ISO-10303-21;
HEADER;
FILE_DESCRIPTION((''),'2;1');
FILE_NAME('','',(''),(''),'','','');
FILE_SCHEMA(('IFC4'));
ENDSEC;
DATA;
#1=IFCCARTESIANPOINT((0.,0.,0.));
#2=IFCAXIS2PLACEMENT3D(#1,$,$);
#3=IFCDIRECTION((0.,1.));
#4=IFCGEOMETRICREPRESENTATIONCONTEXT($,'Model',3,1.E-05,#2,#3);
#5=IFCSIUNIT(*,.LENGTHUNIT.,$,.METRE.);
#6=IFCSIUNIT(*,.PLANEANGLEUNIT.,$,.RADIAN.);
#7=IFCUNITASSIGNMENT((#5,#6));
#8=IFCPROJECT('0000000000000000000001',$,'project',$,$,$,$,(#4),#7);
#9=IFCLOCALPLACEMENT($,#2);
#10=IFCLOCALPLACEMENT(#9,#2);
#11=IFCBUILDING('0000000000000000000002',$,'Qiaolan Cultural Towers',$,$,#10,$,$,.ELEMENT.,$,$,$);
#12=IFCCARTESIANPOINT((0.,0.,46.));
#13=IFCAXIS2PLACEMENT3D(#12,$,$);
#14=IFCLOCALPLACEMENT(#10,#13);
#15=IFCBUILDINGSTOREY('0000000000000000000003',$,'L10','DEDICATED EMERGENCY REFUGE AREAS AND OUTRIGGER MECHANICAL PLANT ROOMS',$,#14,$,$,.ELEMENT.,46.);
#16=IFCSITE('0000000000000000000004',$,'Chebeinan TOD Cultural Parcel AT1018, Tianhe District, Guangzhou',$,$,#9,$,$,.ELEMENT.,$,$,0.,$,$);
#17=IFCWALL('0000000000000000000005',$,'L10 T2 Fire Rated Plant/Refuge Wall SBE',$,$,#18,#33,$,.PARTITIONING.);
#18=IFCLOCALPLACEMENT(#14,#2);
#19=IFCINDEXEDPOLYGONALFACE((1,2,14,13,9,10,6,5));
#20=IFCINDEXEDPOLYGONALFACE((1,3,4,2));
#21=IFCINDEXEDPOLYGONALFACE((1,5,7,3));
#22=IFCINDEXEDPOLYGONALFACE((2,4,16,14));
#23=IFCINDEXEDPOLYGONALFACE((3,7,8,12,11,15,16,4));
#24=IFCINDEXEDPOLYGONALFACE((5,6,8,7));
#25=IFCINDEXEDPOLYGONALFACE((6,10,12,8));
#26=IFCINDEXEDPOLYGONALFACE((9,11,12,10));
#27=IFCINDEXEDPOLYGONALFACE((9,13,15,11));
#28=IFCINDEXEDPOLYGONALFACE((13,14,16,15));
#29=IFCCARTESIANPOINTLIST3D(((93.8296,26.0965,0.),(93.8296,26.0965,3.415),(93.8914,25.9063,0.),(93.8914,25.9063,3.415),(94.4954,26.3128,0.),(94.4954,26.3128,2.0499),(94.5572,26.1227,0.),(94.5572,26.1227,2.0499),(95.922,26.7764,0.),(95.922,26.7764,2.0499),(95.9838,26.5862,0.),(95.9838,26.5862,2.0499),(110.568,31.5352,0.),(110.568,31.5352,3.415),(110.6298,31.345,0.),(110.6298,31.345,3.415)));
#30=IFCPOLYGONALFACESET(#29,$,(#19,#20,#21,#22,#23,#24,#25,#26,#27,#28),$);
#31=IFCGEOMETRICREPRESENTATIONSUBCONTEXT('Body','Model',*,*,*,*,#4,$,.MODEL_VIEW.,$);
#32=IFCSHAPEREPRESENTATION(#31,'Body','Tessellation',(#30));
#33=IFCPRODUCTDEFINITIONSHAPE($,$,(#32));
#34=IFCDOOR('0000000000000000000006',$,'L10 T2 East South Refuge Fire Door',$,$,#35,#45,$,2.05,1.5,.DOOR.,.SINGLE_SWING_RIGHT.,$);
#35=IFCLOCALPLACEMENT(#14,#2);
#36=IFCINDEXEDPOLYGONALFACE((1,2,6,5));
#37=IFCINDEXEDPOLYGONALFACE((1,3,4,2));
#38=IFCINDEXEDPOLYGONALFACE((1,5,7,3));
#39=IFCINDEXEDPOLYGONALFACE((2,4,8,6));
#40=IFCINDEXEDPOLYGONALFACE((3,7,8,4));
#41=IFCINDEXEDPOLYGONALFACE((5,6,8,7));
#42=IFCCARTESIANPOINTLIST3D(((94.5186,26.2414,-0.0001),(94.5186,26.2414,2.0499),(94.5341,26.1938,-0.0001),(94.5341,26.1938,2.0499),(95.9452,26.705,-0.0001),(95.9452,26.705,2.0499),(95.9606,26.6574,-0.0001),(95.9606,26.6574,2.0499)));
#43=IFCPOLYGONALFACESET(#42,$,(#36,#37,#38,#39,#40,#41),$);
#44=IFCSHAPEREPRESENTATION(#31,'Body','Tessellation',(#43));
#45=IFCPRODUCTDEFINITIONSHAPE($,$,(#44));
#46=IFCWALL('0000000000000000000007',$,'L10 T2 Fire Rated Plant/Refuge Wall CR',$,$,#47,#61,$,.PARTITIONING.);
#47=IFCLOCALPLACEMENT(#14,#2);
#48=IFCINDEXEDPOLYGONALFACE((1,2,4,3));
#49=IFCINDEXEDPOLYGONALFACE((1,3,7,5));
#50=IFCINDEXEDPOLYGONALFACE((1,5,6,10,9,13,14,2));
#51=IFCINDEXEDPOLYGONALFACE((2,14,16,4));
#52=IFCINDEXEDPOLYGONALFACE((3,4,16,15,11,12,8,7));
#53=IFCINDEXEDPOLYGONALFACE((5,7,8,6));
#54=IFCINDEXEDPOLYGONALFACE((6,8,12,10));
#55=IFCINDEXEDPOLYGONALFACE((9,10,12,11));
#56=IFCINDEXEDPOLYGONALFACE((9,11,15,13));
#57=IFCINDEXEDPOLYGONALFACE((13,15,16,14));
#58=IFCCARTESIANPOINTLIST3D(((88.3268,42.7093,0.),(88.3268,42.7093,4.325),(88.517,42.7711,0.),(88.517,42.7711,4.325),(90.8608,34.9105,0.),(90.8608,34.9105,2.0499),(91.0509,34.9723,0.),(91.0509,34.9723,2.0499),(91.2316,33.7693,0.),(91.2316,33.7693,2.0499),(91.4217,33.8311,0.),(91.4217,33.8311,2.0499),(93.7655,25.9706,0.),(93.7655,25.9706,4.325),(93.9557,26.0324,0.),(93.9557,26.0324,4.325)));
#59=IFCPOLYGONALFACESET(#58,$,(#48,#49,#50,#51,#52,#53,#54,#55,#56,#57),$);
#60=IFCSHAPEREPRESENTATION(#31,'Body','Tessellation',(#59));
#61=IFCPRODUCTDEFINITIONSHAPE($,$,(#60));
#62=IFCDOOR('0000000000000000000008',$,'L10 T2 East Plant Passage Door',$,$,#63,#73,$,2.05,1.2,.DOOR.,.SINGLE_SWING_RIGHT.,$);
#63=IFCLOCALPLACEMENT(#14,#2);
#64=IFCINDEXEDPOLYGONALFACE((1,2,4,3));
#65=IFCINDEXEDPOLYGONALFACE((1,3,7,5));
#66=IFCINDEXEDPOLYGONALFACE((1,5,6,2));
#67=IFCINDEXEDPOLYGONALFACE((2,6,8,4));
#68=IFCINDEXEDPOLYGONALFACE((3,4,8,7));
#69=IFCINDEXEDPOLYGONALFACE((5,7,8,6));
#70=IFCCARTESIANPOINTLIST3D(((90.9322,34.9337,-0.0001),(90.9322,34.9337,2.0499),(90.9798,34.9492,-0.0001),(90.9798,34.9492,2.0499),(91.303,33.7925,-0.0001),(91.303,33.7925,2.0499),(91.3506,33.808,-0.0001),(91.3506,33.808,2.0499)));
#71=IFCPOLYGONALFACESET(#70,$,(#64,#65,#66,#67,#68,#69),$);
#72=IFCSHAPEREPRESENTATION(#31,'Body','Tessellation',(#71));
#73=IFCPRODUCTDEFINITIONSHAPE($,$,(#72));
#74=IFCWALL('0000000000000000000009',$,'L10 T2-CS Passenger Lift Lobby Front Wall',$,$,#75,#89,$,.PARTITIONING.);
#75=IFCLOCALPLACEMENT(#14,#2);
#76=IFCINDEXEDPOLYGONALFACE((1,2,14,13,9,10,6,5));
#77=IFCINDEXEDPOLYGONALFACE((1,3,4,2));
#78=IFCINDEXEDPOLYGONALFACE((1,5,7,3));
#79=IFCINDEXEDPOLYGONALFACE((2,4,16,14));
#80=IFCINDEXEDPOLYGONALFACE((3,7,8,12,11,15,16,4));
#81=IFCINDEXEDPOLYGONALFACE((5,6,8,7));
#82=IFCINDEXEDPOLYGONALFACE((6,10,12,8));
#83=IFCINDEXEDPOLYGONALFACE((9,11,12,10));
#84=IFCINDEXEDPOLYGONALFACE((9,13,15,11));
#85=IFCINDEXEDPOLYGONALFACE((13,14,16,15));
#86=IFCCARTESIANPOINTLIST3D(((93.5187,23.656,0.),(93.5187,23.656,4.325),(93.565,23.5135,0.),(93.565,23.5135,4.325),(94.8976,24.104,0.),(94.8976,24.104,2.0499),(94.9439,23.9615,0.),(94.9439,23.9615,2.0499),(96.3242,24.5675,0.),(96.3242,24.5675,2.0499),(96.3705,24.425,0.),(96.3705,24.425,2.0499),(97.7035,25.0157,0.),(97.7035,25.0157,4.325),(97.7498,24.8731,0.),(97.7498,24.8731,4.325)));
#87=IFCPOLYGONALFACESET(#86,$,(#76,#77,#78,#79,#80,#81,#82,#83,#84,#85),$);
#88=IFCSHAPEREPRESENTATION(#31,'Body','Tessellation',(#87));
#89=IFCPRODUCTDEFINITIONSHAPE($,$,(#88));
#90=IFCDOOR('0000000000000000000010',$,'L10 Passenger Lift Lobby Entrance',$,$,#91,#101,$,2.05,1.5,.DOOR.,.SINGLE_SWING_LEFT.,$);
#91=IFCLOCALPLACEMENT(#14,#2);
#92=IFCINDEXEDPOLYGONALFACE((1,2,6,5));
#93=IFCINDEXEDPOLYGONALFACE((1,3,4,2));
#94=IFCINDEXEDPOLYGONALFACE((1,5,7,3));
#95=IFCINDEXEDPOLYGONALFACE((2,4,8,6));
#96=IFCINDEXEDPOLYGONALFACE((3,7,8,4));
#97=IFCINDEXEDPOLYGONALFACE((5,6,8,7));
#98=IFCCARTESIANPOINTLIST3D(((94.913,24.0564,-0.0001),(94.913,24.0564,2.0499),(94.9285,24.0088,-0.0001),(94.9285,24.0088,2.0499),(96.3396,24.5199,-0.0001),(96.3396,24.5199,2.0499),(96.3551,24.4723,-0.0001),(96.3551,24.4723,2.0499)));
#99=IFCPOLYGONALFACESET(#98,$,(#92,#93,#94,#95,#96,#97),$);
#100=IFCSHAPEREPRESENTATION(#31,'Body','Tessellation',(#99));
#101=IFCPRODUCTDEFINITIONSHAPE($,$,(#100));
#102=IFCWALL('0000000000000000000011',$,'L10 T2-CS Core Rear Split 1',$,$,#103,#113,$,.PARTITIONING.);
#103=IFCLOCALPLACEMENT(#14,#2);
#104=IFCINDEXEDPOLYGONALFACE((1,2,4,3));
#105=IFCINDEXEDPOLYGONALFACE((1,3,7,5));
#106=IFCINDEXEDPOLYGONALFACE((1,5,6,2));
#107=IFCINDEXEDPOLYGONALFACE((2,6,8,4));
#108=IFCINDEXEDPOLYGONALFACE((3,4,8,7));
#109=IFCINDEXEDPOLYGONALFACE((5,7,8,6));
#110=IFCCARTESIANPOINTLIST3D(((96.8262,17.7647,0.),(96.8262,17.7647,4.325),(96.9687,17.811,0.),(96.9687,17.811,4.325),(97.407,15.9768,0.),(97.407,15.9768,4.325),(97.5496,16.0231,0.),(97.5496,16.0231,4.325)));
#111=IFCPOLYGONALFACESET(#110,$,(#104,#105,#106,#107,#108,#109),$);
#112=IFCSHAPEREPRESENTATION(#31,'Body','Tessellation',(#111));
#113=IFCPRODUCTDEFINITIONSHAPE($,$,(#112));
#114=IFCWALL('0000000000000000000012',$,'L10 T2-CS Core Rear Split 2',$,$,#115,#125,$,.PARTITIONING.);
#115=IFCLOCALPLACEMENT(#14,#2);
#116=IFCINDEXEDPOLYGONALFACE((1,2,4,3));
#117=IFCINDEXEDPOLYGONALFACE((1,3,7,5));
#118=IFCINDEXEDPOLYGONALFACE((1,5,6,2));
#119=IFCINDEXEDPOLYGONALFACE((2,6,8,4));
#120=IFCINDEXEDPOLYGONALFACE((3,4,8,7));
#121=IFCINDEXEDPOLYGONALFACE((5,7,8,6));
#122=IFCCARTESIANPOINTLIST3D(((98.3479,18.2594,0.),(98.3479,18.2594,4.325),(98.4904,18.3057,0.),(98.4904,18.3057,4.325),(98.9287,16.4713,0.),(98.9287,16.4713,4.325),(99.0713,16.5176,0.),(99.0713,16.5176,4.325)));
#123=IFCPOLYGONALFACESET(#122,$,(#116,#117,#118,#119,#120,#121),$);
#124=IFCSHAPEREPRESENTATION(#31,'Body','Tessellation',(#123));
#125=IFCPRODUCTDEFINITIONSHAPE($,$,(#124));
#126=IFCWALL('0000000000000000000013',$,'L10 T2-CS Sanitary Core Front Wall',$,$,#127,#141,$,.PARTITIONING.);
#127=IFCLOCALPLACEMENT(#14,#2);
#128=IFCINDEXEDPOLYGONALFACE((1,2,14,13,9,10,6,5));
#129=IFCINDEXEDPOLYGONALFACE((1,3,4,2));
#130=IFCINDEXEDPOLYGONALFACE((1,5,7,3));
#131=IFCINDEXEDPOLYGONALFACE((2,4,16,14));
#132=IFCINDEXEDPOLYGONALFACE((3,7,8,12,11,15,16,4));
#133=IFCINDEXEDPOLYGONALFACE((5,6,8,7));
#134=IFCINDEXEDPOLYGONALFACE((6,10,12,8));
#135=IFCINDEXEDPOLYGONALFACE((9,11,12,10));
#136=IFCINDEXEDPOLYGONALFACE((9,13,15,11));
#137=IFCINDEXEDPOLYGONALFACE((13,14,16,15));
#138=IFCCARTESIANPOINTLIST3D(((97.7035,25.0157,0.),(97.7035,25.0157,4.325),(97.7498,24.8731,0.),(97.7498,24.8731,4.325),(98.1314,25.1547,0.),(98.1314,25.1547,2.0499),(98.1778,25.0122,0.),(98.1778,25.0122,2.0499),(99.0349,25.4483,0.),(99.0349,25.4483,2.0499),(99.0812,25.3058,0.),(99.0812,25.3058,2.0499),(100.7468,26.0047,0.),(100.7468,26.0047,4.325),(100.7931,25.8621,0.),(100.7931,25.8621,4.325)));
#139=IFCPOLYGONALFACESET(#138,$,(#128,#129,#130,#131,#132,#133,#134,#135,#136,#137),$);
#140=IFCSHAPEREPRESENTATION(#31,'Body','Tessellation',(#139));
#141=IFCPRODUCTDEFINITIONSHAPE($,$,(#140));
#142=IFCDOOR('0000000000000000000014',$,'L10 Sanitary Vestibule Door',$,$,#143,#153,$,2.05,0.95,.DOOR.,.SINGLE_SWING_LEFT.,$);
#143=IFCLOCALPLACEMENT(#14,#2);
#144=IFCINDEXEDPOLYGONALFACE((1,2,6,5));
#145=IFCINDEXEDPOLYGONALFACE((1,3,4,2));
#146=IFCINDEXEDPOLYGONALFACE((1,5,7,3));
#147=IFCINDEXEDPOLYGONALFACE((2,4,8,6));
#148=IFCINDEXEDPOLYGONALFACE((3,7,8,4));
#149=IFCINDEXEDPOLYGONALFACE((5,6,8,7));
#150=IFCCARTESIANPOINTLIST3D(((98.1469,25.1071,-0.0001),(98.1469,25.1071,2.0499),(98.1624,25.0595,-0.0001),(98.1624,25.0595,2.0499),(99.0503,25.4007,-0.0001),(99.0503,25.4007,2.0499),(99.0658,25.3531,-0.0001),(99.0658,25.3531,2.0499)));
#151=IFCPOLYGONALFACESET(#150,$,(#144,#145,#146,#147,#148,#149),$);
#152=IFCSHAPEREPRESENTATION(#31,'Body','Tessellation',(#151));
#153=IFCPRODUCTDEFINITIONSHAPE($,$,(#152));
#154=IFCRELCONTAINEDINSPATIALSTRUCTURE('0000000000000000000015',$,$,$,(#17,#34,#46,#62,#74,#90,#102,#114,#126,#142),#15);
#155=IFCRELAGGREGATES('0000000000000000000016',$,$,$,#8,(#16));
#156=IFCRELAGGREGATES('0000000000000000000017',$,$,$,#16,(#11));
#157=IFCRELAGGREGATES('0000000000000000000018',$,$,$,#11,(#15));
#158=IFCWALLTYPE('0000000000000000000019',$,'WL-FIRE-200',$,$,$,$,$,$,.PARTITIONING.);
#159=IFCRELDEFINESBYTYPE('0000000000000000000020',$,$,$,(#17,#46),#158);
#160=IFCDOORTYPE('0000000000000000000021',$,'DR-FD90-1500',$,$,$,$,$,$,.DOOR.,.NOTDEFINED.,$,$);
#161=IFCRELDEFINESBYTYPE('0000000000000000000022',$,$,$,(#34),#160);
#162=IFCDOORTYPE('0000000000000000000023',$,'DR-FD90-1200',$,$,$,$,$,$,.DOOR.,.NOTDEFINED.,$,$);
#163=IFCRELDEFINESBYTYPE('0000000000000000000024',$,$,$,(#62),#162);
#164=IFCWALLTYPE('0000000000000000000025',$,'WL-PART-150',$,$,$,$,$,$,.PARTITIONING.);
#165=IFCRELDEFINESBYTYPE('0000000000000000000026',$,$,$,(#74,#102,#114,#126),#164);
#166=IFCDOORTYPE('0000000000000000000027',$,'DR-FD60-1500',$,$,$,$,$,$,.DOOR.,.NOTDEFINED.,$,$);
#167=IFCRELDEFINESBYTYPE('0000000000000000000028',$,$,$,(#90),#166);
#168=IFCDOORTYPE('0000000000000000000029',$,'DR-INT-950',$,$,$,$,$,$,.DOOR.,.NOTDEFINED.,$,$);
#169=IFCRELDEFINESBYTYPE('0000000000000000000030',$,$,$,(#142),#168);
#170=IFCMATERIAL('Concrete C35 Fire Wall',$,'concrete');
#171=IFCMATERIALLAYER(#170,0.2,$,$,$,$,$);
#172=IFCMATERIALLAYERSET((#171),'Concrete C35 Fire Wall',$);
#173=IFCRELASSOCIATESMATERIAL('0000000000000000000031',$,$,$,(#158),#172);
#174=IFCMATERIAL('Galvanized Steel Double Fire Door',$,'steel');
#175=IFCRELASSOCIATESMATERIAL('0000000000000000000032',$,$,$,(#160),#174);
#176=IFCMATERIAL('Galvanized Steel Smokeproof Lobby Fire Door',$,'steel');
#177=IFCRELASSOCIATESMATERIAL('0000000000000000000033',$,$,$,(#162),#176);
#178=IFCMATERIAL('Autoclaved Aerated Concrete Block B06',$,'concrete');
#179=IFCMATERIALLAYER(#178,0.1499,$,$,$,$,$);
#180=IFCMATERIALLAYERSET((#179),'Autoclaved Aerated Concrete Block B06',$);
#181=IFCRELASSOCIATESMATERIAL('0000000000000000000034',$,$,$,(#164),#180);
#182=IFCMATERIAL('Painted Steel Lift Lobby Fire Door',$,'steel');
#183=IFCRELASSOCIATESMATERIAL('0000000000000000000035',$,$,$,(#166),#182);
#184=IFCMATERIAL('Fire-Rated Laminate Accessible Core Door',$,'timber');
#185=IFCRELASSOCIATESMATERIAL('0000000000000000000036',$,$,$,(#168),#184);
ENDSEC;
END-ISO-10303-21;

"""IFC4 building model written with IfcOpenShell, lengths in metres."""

from ifc_helpers import new_model, si_unit, direction, frame, frame_2d, origin, place, context, subcontext, project, spatial, rectangle, extrude, material, layer, layer_set, type_object, element, fill, save


model = new_model("IFC4")

# Units and contexts
model_context = context("Model", 3, precision=1e-05, world=origin(), true_north=direction((0.0, 1.0)))
body_context = subcontext(model_context, "Body", "Model", "MODEL_VIEW")
ifc_project = project(units=[si_unit("LENGTHUNIT", "METRE"), si_unit("PLANEANGLEUNIT", "RADIAN")], contexts=[model_context])

# Site, building, storey
site_placement = place(None, origin())
site = spatial("IfcSite", under=ifc_project, at=site_placement, Name="Chebeinan TOD Cultural Parcel AT1018, Tianhe District, Guangzhou", CompositionType="ELEMENT", RefElevation=0.0)
building_placement = place(site_placement, origin())
building = spatial("IfcBuilding", under=site, at=building_placement, Name="Qiaolan Cultural Towers", CompositionType="ELEMENT")
storey_placement = place(building_placement, frame((0.0, 0.0, 46.0)))
storey = spatial("IfcBuildingStorey", under=building, at=storey_placement, Name="L10", Description="DEDICATED EMERGENCY REFUGE AREAS AND OUTRIGGER MECHANICAL PLANT ROOMS", CompositionType="ELEMENT", Elevation=46.0)

# Shared definitions
ifc_material_1 = material(Name="Concrete C35 Fire Wall", Category="concrete")
ifc_layer_1 = layer(ifc_material_1, 0.2)
ifc_layer_set_1 = layer_set([ifc_layer_1], Name="Concrete C35 Fire Wall")
wall_type_1 = type_object("IfcWallType", Name="WL-FIRE-200", PredefinedType="PARTITIONING", material=ifc_layer_set_1)

# Walls, openings, doors
wall_1_placement = place(storey_placement, frame((93.8606, 26.0015, 0.0), z_axis=(0.0, 0.0, 1.0), x_axis=(0.951056, 0.309019, 0.0)))
wall_1 = element("IfcWall", 1, at=wall_1_placement, inside=storey, type_object=wall_type_1, Name="L10 T2 Fire Rated Plant/Refuge Wall SBE", PredefinedType="PARTITIONING", context=body_context, shape_type="SweptSolid", body=[
    extrude(rectangle(XDim=17.5999, YDim=0.2, at=frame_2d((8.7998, 0.0))), origin(), (0.0, 0.0, 1.0), 3.415),
])
opening_1_placement = place(wall_1_placement, frame((0.7, 0.0, 0.0)))
opening_1 = element("IfcOpeningElement", 2, at=opening_1_placement, cuts=wall_1, PredefinedType="OPENING", context=body_context, shape_type="SweptSolid", body=[
    extrude(rectangle(XDim=1.5, YDim=2.05, at=frame_2d((0.75, 1.0249))), frame((0.0, 0.1099, 0.0), z_axis=(0.0, -1.0, 0.0), x_axis=(1.0, 0.0, 0.0)), (0.0, 0.0, 1.0), 0.22),
])
ifc_material_2 = material(Name="Galvanized Steel Double Fire Door", Category="steel")
door_type_1 = type_object("IfcDoorType", Name="DR-FD90-1500", OperationType="NOTDEFINED", PredefinedType="DOOR", material=ifc_material_2)
door_1_placement = place(opening_1_placement, origin())
door_1 = element("IfcDoor", 3, at=door_1_placement, inside=storey, type_object=door_type_1, Name="L10 T2 East South Refuge Fire Door", OperationType="SINGLE_SWING_RIGHT", OverallHeight=2.05, OverallWidth=1.5, PredefinedType="DOOR", context=body_context, shape_type="SweptSolid", body=[
    extrude(rectangle(XDim=1.5, YDim=2.05, at=frame_2d((0.75, 1.0249))), frame((0.0, 0.0249, 0.0), z_axis=(0.0, -1.0, 0.0), x_axis=(1.0, 0.0, 0.0)), (0.0, 0.0, 1.0), 0.05),
])
fill(opening_1, door_1)
wall_2_placement = place(storey_placement, frame((93.8606, 26.0015, 0.0), z_axis=(0.0, 0.0, 1.0), x_axis=(-0.309015, 0.951057, 0.0)))
wall_2 = element("IfcWall", 4, at=wall_2_placement, inside=storey, type_object=wall_type_1, Name="L10 T2 Fire Rated Plant/Refuge Wall CR", PredefinedType="PARTITIONING", context=body_context, shape_type="SweptSolid", body=[
    extrude(rectangle(XDim=17.6001, YDim=0.2, at=frame_2d((8.8, 0.0))), origin(), (0.0, 0.0, 1.0), 4.325),
])
opening_2_placement = place(wall_2_placement, frame((8.2, 0.0, 0.0)))
opening_2 = element("IfcOpeningElement", 5, at=opening_2_placement, cuts=wall_2, PredefinedType="OPENING", context=body_context, shape_type="SweptSolid", body=[
    extrude(rectangle(XDim=1.2, YDim=2.05, at=frame_2d((0.6001, 1.0249))), frame((0.0, 0.1099, 0.0), z_axis=(0.0, -1.0, 0.0), x_axis=(1.0, 0.0, 0.0)), (0.0, 0.0, 1.0), 0.22),
])
ifc_material_3 = material(Name="Galvanized Steel Smokeproof Lobby Fire Door", Category="steel")
door_type_2 = type_object("IfcDoorType", Name="DR-FD90-1200", OperationType="NOTDEFINED", PredefinedType="DOOR", material=ifc_material_3)
door_2_placement = place(opening_2_placement, origin())
door_2 = element("IfcDoor", 6, at=door_2_placement, inside=storey, type_object=door_type_2, Name="L10 T2 East Plant Passage Door", OperationType="SINGLE_SWING_RIGHT", OverallHeight=2.05, OverallWidth=1.2, PredefinedType="DOOR", context=body_context, shape_type="SweptSolid", body=[
    extrude(rectangle(XDim=1.2, YDim=2.05, at=frame_2d((0.6001, 1.0249))), frame((0.0, 0.0249, 0.0), z_axis=(0.0, -1.0, 0.0), x_axis=(1.0, 0.0, 0.0)), (0.0, 0.0, 1.0), 0.05),
])
fill(opening_2, door_2)
ifc_material_4 = material(Name="Autoclaved Aerated Concrete Block B06", Category="concrete")
ifc_layer_2 = layer(ifc_material_4, 0.1499)
ifc_layer_set_2 = layer_set([ifc_layer_2], Name="Autoclaved Aerated Concrete Block B06")
wall_type_2 = type_object("IfcWallType", Name="WL-PART-150", PredefinedType="PARTITIONING", material=ifc_layer_set_2)
wall_3_placement = place(storey_placement, frame((93.5417, 23.5847, 0.0), z_axis=(0.0, 0.0, 1.0), x_axis=(0.951064, 0.308994, 0.0)))
wall_3 = element("IfcWall", 7, at=wall_3_placement, inside=storey, type_object=wall_type_2, Name="L10 T2-CS Passenger Lift Lobby Front Wall", PredefinedType="PARTITIONING", context=body_context, shape_type="SweptSolid", body=[
    extrude(rectangle(XDim=4.4001, YDim=0.1499, at=frame_2d((2.2002, 0.0))), origin(), (0.0, 0.0, 1.0), 4.325),
])
opening_3_placement = place(wall_3_placement, frame((1.45, 0.0, 0.0)))
opening_3 = element("IfcOpeningElement", 8, at=opening_3_placement, cuts=wall_3, PredefinedType="OPENING", context=body_context, shape_type="SweptSolid", body=[
    extrude(rectangle(XDim=1.5, YDim=2.05, at=frame_2d((0.75, 1.0249))), frame((0.0, 0.085, 0.0), z_axis=(0.0, -1.0, 0.0), x_axis=(1.0, 0.0, 0.0)), (0.0, 0.0, 1.0), 0.1699),
])
ifc_material_5 = material(Name="Painted Steel Lift Lobby Fire Door", Category="steel")
door_type_3 = type_object("IfcDoorType", Name="DR-FD60-1500", OperationType="NOTDEFINED", PredefinedType="DOOR", material=ifc_material_5)
door_3_placement = place(opening_3_placement, origin())
door_3 = element("IfcDoor", 9, at=door_3_placement, inside=storey, type_object=door_type_3, Name="L10 Passenger Lift Lobby Entrance", OperationType="SINGLE_SWING_LEFT", OverallHeight=2.05, OverallWidth=1.5, PredefinedType="DOOR", context=body_context, shape_type="SweptSolid", body=[
    extrude(rectangle(XDim=1.5, YDim=2.05, at=frame_2d((0.75, 1.0249))), frame((0.0, 0.0249, 0.0), z_axis=(0.0, -1.0, 0.0), x_axis=(1.0, 0.0, 0.0)), (0.0, 0.0, 1.0), 0.05),
])
fill(opening_3, door_3)

# Walls
wall_4_placement = place(storey_placement, frame((96.8975, 17.7878, 0.0), z_axis=(0.0, 0.0, 1.0), x_axis=(0.308972, -0.951071, 0.0)))
element("IfcWall", 10, at=wall_4_placement, inside=storey, type_object=wall_type_2, Name="L10 T2-CS Core Rear Split 1", PredefinedType="PARTITIONING", context=body_context, shape_type="SweptSolid", body=[
    extrude(rectangle(XDim=1.8799, YDim=0.1499, at=frame_2d((0.9399, 0.0))), origin(), (0.0, 0.0, 1.0), 4.325),
])
wall_5_placement = place(storey_placement, frame((98.4192, 18.2825, 0.0), z_axis=(0.0, 0.0, 1.0), x_axis=(0.308933, -0.951084, 0.0)))
element("IfcWall", 11, at=wall_5_placement, inside=storey, type_object=wall_type_2, Name="L10 T2-CS Core Rear Split 2", PredefinedType="PARTITIONING", context=body_context, shape_type="SweptSolid", body=[
    extrude(rectangle(XDim=1.8801, YDim=0.1499, at=frame_2d((0.9399, 0.0))), origin(), (0.0, 0.0, 1.0), 4.325),
])

# Wall, opening, door
wall_6_placement = place(storey_placement, frame((97.7266, 24.9443, 0.0), z_axis=(0.0, 0.0, 1.0), x_axis=(0.951037, 0.309077, 0.0)))
wall_6 = element("IfcWall", 12, at=wall_6_placement, inside=storey, type_object=wall_type_2, Name="L10 T2-CS Sanitary Core Front Wall", PredefinedType="PARTITIONING", context=body_context, shape_type="SweptSolid", body=[
    extrude(rectangle(XDim=3.2, YDim=0.1499, at=frame_2d((1.6001, 0.0))), origin(), (0.0, 0.0, 1.0), 4.325),
])
opening_4_placement = place(wall_6_placement, frame((0.45, 0.0, 0.0)))
opening_4 = element("IfcOpeningElement", 13, at=opening_4_placement, cuts=wall_6, PredefinedType="OPENING", context=body_context, shape_type="SweptSolid", body=[
    extrude(rectangle(XDim=0.95, YDim=2.05, at=frame_2d((0.4751, 1.0249))), frame((0.0, 0.085, 0.0), z_axis=(0.0, -1.0, 0.0), x_axis=(1.0, 0.0, 0.0)), (0.0, 0.0, 1.0), 0.1699),
])
ifc_material_6 = material(Name="Fire-Rated Laminate Accessible Core Door", Category="timber")
door_type_4 = type_object("IfcDoorType", Name="DR-INT-950", OperationType="NOTDEFINED", PredefinedType="DOOR", material=ifc_material_6)
door_4_placement = place(opening_4_placement, origin())
door_4 = element("IfcDoor", 14, at=door_4_placement, inside=storey, type_object=door_type_4, Name="L10 Sanitary Vestibule Door", OperationType="SINGLE_SWING_LEFT", OverallHeight=2.05, OverallWidth=0.95, PredefinedType="DOOR", context=body_context, shape_type="SweptSolid", body=[
    extrude(rectangle(XDim=0.95, YDim=2.05, at=frame_2d((0.4751, 1.0249))), frame((0.0, 0.0249, 0.0), z_axis=(0.0, -1.0, 0.0), x_axis=(1.0, 0.0, 0.0)), (0.0, 0.0, 1.0), 0.05),
])
fill(opening_4, door_4)

save(model, "model.ifc")
